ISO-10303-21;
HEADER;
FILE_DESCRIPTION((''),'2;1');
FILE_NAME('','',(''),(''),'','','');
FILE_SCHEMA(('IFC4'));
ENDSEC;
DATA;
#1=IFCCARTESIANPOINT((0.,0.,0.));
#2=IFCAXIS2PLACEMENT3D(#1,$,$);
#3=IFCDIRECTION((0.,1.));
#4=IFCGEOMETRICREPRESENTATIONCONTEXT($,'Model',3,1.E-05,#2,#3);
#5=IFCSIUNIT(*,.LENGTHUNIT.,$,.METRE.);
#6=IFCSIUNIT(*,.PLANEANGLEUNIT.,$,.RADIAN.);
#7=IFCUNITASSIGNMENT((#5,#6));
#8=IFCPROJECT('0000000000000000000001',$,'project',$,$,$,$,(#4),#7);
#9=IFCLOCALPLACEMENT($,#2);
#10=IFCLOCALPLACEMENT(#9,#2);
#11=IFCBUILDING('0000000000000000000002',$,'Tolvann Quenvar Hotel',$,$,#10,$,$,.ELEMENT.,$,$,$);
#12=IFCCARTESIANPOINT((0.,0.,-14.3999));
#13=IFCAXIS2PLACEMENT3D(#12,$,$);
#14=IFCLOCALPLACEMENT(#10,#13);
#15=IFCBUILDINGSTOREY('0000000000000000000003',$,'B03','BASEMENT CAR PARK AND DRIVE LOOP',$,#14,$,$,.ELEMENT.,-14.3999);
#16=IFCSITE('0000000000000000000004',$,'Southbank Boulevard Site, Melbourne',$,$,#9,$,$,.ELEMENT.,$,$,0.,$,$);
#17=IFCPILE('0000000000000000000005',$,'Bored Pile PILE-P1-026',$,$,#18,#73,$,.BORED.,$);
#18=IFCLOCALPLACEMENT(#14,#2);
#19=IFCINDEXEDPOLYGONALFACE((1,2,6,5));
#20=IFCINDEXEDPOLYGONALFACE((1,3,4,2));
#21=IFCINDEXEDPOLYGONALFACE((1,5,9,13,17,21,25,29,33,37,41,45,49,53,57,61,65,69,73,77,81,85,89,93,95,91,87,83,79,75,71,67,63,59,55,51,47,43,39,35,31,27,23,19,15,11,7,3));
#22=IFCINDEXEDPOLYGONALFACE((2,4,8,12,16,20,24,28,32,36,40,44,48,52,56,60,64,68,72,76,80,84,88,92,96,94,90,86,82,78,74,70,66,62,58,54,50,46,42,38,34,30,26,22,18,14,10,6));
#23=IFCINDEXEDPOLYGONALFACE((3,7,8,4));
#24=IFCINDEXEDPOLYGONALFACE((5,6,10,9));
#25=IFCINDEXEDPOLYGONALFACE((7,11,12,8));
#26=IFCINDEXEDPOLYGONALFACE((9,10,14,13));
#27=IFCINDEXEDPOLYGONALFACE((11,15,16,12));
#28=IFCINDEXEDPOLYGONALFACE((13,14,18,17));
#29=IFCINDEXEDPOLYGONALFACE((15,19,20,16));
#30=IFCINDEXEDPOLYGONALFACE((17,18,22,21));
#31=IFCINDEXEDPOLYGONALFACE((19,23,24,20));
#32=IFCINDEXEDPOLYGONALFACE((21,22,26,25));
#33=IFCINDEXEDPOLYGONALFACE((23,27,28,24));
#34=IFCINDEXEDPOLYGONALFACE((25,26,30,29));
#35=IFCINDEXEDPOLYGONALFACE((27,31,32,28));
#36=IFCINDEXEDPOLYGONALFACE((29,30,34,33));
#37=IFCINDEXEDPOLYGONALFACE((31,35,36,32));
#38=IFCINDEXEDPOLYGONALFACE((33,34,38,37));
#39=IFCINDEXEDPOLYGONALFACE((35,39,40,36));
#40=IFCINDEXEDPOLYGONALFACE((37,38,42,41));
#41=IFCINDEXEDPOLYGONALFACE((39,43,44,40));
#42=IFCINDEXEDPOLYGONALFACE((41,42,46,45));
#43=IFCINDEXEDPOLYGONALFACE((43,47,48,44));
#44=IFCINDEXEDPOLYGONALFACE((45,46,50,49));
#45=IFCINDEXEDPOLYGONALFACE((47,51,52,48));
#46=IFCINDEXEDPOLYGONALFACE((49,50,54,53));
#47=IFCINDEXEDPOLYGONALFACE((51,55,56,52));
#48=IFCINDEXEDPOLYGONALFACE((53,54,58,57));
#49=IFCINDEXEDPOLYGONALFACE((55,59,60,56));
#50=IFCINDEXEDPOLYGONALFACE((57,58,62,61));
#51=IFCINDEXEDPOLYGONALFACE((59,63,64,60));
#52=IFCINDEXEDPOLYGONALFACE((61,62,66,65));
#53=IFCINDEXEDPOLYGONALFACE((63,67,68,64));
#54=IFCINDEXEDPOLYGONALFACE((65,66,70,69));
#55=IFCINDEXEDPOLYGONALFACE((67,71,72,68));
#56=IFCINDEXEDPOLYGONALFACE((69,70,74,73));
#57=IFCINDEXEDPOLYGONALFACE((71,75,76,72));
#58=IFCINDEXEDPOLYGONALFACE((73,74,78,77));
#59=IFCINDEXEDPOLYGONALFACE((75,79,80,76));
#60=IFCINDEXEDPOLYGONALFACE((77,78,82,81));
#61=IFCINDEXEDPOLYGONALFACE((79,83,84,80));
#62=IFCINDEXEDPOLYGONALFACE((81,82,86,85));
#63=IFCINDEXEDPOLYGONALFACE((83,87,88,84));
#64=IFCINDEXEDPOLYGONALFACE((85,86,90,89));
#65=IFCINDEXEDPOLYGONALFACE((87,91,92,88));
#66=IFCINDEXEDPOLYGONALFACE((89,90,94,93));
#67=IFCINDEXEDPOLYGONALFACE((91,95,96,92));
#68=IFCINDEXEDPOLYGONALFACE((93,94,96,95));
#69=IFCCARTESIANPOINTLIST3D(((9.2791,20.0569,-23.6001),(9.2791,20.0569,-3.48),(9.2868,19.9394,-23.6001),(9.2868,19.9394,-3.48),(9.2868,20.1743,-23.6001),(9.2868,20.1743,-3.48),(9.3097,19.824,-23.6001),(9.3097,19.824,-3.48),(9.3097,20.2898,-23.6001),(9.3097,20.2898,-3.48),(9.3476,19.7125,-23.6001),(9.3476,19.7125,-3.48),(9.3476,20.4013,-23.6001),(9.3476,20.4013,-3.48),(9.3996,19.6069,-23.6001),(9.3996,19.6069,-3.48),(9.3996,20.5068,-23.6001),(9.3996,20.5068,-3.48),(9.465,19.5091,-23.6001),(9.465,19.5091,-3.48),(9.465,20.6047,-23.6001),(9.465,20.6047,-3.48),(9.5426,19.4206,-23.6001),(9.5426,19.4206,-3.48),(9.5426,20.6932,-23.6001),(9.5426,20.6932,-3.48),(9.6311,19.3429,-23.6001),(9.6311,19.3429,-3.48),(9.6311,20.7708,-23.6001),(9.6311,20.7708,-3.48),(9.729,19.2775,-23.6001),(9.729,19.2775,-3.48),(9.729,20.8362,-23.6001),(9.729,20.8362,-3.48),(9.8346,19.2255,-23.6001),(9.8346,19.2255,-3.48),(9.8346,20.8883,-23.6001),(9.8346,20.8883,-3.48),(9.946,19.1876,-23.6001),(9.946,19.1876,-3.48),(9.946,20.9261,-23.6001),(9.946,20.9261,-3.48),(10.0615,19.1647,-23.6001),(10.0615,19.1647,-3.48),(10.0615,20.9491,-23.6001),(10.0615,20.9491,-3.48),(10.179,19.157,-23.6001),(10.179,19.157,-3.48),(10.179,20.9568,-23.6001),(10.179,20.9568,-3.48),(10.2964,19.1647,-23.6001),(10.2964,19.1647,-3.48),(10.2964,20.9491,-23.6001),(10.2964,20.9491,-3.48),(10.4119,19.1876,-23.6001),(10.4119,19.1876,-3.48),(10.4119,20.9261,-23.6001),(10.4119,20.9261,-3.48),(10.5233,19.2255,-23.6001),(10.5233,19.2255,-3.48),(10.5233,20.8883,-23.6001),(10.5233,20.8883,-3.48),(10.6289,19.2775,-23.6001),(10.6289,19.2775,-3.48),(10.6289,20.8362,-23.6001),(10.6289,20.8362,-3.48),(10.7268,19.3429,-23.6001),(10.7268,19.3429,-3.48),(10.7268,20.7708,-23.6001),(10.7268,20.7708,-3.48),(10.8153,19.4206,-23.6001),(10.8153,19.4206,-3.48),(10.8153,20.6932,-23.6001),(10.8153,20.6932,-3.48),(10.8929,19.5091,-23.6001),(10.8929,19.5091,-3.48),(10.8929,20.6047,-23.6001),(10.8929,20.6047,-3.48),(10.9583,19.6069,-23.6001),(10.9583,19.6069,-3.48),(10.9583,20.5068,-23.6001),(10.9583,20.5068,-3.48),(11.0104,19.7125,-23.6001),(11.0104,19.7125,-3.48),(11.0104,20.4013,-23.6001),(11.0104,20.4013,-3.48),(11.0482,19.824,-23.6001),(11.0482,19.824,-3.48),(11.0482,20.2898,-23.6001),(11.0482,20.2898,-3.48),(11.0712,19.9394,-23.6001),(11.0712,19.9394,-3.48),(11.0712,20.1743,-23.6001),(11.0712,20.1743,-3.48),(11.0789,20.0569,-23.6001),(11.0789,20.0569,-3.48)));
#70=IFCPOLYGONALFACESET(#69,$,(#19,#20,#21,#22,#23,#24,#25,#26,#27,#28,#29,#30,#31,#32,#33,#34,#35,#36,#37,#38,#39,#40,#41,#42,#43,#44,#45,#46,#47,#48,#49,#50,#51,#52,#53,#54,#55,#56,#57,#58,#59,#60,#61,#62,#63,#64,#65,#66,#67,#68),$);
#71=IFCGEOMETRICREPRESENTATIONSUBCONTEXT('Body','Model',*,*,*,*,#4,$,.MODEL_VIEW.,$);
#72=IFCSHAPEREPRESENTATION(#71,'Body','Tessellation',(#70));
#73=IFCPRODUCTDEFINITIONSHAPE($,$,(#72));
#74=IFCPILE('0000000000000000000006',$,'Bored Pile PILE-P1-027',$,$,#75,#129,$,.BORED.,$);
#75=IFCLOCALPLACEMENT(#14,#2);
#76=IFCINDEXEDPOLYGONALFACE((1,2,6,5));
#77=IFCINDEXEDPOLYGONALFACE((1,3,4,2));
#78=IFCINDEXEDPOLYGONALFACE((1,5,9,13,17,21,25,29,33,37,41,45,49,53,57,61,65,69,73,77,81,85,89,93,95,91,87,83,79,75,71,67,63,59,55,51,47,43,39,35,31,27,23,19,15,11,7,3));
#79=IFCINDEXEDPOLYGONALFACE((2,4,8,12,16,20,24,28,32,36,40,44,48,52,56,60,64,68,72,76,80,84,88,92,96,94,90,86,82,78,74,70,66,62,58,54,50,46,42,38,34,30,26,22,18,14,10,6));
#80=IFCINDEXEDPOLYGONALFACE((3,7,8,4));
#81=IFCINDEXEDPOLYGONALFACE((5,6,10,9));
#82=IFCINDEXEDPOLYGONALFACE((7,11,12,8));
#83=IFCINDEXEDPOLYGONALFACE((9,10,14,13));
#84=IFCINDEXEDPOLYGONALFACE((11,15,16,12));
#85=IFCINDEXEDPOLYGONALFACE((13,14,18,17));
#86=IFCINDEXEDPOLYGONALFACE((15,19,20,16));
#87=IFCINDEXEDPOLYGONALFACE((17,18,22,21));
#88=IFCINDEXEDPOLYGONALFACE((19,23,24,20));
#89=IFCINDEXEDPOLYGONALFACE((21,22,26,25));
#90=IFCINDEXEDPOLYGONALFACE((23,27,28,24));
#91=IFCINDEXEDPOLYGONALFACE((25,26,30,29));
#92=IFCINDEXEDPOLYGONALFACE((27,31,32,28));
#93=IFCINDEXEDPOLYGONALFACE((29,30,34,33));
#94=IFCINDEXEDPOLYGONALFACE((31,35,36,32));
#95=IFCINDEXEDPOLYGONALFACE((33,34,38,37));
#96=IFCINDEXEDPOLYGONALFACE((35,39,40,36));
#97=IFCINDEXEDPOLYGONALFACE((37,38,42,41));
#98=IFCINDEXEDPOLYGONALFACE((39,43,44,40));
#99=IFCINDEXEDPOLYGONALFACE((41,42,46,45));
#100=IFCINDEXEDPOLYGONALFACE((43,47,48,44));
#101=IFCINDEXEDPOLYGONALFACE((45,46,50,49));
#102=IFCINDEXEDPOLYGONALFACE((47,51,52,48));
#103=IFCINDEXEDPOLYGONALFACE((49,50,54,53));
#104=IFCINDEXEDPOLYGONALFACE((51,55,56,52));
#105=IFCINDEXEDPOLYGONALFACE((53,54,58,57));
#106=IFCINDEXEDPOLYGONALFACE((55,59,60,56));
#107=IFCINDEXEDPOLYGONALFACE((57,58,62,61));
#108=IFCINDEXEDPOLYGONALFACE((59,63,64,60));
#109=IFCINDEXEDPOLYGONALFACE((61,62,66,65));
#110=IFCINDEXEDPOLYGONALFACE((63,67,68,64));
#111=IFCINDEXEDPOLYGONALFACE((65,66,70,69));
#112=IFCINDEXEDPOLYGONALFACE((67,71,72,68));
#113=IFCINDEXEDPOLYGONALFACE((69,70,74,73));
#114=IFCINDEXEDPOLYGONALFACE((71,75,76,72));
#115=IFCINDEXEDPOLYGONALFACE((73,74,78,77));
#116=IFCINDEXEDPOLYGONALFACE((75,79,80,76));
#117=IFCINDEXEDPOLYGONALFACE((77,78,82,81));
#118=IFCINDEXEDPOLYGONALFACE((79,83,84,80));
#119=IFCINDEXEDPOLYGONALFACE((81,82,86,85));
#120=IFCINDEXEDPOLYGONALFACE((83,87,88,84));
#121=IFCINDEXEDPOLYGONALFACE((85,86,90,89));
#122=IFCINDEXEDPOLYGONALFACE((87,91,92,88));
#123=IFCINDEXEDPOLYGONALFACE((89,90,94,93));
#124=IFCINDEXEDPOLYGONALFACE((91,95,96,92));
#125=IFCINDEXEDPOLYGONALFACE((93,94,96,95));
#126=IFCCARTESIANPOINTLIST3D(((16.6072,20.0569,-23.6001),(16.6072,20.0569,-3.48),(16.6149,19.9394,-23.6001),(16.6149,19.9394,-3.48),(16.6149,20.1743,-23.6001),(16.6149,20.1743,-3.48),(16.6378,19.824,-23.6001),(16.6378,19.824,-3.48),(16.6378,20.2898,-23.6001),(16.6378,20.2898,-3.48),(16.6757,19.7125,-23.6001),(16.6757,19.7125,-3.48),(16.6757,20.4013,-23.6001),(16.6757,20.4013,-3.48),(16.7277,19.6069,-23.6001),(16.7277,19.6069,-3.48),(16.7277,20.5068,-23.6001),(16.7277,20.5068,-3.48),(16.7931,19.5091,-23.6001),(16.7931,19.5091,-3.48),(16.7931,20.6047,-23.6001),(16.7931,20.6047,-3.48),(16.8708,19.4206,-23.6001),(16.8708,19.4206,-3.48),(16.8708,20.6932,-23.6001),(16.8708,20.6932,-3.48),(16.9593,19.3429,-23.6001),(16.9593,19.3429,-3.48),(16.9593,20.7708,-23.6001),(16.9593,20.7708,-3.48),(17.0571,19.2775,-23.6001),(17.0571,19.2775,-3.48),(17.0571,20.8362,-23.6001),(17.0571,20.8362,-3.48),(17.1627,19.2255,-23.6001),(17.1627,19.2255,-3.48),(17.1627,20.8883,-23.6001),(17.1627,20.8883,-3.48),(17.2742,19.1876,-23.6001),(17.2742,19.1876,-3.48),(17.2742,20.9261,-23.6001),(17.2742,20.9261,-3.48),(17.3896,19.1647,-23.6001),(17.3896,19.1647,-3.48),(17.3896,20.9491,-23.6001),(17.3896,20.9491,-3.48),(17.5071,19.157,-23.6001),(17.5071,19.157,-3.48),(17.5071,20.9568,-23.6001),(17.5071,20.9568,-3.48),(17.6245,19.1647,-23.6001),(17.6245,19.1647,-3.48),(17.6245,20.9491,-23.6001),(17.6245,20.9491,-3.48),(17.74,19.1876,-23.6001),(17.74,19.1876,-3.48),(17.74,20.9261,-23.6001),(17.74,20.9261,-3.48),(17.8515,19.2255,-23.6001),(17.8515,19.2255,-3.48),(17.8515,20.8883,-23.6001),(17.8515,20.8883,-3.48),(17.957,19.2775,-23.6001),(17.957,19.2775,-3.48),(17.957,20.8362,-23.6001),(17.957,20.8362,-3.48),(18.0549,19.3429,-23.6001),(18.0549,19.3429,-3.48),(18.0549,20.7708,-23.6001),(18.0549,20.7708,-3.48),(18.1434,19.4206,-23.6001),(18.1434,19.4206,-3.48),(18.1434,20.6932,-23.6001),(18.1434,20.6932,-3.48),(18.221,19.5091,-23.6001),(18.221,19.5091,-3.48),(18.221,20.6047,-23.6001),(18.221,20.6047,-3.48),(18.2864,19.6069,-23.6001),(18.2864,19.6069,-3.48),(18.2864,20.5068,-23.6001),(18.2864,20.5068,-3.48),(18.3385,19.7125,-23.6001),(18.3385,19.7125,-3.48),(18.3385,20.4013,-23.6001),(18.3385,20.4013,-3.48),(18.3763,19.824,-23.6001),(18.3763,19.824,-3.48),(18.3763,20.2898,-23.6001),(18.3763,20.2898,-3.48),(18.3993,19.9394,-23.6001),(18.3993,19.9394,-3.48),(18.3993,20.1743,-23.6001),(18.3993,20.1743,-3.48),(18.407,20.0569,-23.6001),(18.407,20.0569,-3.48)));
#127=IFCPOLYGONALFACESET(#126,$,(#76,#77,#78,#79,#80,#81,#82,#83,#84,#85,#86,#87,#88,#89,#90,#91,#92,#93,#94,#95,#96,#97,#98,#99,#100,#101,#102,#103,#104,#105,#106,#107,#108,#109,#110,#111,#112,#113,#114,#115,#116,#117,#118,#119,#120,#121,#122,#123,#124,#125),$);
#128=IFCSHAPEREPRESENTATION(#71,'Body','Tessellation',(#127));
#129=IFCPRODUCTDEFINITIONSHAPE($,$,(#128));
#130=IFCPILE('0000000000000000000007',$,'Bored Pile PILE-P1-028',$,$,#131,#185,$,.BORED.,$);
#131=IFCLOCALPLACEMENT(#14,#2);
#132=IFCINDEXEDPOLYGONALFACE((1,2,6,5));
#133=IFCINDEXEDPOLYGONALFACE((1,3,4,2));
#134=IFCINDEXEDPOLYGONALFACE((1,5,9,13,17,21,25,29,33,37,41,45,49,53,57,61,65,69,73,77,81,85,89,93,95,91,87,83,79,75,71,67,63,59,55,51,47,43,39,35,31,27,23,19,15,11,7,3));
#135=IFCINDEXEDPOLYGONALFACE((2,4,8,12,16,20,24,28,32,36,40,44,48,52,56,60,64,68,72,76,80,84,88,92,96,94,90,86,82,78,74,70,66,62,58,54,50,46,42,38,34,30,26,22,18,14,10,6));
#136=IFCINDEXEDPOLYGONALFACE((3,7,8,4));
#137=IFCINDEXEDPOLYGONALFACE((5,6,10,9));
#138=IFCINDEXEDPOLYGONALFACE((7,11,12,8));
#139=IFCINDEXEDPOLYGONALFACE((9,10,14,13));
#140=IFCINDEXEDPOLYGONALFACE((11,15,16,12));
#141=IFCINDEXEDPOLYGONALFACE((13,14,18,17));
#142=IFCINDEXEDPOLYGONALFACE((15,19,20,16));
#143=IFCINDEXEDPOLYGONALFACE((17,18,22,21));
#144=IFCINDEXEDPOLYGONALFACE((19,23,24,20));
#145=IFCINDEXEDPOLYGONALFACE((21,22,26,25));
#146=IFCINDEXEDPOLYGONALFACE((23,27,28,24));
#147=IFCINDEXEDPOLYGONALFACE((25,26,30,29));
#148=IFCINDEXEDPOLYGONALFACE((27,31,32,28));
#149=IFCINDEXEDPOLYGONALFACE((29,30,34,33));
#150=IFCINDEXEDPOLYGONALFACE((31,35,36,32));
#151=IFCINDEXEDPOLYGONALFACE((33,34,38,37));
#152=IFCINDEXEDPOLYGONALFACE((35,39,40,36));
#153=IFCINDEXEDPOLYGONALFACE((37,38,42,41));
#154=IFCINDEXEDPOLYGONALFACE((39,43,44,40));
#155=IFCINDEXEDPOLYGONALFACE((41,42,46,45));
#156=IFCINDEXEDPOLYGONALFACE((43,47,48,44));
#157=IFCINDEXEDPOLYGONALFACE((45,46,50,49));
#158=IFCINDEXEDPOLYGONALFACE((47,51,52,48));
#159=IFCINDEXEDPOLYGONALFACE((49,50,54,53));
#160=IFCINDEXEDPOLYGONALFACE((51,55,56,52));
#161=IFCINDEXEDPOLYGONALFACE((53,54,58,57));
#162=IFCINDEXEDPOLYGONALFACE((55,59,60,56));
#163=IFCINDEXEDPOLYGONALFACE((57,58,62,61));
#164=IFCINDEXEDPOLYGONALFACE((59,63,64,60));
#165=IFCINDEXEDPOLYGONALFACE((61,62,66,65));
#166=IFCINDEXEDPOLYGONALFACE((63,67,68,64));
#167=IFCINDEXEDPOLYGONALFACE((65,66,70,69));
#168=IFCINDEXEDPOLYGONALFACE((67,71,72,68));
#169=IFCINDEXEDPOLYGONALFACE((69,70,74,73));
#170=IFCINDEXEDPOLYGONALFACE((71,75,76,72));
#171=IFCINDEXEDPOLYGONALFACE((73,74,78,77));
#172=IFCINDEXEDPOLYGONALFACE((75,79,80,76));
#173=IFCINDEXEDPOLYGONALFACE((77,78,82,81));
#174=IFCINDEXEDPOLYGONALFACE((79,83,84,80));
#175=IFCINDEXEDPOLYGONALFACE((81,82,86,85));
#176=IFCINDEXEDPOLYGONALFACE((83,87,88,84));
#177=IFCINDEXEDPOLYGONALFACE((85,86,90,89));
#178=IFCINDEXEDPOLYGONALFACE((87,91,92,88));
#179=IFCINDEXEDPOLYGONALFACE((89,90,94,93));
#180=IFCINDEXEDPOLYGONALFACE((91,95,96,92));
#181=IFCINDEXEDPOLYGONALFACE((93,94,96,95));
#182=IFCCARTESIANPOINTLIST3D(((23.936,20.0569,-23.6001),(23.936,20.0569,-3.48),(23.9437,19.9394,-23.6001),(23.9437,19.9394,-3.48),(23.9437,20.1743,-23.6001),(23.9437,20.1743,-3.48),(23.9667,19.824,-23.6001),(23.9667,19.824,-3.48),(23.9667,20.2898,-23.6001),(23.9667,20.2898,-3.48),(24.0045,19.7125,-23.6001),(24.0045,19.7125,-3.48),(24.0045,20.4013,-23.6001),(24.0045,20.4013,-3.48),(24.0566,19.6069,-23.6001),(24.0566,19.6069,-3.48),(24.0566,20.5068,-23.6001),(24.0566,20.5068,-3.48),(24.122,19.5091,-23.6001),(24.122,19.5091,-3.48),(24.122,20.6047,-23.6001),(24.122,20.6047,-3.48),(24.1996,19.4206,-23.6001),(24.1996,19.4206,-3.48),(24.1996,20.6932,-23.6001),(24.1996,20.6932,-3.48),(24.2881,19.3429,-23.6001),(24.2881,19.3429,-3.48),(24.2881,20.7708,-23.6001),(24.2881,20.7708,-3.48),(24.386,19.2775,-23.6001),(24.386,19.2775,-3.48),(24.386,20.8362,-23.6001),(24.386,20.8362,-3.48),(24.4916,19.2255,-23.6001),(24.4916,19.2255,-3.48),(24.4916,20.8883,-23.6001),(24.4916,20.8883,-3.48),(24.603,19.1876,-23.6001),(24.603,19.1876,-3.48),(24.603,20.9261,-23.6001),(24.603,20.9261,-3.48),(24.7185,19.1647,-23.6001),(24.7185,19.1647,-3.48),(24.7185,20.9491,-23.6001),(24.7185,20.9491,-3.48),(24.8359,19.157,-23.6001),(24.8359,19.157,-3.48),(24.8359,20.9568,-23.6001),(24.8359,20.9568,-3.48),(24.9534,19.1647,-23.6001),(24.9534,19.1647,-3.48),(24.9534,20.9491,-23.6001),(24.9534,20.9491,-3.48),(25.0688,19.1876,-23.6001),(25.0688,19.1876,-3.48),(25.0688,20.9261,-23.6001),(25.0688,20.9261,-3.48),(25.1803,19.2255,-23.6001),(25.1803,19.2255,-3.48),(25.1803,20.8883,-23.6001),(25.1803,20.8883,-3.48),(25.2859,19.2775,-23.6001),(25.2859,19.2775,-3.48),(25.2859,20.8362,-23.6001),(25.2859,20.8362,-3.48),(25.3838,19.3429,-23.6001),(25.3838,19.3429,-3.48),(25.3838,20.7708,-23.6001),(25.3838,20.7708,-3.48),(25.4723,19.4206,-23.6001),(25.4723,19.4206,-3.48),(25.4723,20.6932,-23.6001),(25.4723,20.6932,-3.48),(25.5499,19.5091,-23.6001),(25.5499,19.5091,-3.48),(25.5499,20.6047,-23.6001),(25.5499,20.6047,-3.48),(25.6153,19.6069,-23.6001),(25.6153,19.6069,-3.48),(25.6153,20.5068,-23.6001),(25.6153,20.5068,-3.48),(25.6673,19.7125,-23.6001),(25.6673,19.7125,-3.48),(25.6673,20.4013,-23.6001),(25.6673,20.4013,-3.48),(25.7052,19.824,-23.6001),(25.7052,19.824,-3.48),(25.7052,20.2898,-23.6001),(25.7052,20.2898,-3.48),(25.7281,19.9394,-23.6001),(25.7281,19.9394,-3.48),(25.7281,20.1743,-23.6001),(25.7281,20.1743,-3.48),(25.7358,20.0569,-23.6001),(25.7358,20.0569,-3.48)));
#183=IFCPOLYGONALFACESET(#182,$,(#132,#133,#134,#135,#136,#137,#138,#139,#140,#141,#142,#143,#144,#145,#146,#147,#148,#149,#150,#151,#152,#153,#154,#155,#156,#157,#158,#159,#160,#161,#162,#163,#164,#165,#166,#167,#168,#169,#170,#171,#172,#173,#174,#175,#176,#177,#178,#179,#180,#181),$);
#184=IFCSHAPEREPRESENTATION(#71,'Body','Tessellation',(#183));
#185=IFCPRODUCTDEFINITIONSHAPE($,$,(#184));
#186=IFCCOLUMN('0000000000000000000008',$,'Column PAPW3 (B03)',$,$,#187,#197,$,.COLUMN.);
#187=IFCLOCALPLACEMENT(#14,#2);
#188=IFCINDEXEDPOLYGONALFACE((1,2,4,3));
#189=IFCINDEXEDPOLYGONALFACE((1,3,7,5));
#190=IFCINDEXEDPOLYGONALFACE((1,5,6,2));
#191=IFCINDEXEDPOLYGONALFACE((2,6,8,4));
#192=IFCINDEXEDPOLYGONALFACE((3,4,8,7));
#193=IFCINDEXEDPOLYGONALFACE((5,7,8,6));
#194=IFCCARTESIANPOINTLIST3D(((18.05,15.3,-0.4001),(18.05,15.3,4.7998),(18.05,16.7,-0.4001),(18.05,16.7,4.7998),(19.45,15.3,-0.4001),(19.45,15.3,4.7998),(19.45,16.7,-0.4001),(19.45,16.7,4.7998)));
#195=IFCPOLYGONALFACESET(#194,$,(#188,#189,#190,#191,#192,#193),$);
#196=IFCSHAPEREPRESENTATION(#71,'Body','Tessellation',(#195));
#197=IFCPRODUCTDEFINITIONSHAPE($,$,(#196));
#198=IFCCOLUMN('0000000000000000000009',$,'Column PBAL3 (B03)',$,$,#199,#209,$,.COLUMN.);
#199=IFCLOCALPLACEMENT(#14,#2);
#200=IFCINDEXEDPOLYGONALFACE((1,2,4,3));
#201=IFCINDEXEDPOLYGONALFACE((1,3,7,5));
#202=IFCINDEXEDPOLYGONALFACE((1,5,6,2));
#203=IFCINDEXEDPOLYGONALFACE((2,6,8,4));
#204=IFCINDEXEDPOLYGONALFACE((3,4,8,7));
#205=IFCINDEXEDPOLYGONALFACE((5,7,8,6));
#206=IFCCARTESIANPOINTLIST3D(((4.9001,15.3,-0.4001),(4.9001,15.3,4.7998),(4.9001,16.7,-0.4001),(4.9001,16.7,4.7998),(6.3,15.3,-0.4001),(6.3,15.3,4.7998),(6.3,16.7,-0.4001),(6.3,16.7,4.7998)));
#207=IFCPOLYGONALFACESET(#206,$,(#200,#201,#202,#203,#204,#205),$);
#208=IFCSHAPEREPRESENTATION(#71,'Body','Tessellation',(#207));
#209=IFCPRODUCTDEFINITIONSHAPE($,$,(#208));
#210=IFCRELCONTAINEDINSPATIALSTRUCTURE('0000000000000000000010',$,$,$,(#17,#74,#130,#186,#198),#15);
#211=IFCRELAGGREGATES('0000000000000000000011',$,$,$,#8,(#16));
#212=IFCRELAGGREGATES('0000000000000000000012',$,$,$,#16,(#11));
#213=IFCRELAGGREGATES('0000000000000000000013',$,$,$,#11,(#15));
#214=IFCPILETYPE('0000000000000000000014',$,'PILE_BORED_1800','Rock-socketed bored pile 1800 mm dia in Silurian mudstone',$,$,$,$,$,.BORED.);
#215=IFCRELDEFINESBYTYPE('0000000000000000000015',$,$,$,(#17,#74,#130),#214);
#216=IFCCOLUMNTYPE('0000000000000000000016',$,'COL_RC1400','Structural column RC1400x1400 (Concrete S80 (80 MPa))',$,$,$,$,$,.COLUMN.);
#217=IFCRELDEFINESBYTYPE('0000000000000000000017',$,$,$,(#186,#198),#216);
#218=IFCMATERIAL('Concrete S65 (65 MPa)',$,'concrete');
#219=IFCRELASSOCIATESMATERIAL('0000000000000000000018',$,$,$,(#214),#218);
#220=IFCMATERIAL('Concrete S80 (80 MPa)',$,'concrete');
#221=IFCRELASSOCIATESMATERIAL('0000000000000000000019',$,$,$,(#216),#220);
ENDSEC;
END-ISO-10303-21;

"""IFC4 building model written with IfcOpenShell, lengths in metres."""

from ifc_helpers import new_model, si_unit, direction, frame, origin, origin_2d, place, context, subcontext, project, spatial, rectangle, circle, extrude, source, transform, mapped, material, material_profile, profile_set, type_object, type_shapes, element, save


model = new_model("IFC4")

# Units and contexts
model_context = context("Model", 3, precision=1e-05, world=origin(), true_north=direction((0.0, 1.0)))
body_context = subcontext(model_context, "Body", "Model", "MODEL_VIEW")
ifc_project = project(units=[si_unit("LENGTHUNIT", "METRE"), si_unit("PLANEANGLEUNIT", "RADIAN")], contexts=[model_context])

# Site, building, storey
site_placement = place(None, origin())
site = spatial("IfcSite", under=ifc_project, at=site_placement, Name="Southbank Boulevard Site, Melbourne", CompositionType="ELEMENT", RefElevation=0.0)
building_placement = place(site_placement, origin())
building = spatial("IfcBuilding", under=site, at=building_placement, Name="Tolvann Quenvar Hotel", CompositionType="ELEMENT")
storey_placement = place(building_placement, frame((0.0, 0.0, -14.3999)))
storey = spatial("IfcBuildingStorey", under=building, at=storey_placement, Name="B03", Description="BASEMENT CAR PARK AND DRIVE LOOP", CompositionType="ELEMENT", Elevation=-14.3999)

# Piles
ifc_material_1 = material(Name="Concrete S65 (65 MPa)", Category="concrete")
ifc_material_profile_1 = material_profile(ifc_material_1, circle(Radius=0.8999, at=origin_2d()), Name="PILE1800")
ifc_profile_set_1 = profile_set([ifc_material_profile_1], Name="Concrete S65 (65 MPa)")
pile_type = type_object("IfcPileType", Name="PILE_BORED_1800", Description="Rock-socketed bored pile 1800 mm dia in Silurian mudstone", PredefinedType="BORED", material=ifc_profile_set_1)
for number, where, z_axis, x_axis, name in (
    (1, (10.179, 20.0569, -3.48), (0.0, 0.0, -1.0), (1.0, 0.0, 0.0), "Bored Pile PILE-P1-026"),
    (2, (17.5071, 20.0569, -3.48), (0.0, 0.0, -1.0), (1.0, 0.0, 0.0), "Bored Pile PILE-P1-027"),
    (3, (24.8359, 20.0569, -3.48), (0.0, 0.0, -1.0), (1.0, 0.0, 0.0), "Bored Pile PILE-P1-028"),
):
    element("IfcPile", number, at=place(storey_placement, frame(where, z_axis=z_axis, x_axis=x_axis)), inside=storey, type_object=pile_type, Name=name, PredefinedType="BORED", context=body_context, shape_type="SweptSolid", body=[
        extrude(circle(Radius=0.8999, at=origin_2d()), origin(), (0.0, 0.0, 1.0), 20.1201),
    ])

# Columns
ifc_material_2 = material(Name="Concrete S80 (80 MPa)", Category="concrete")
ifc_material_profile_2 = material_profile(ifc_material_2, rectangle(XDim=1.3999, YDim=1.3999, at=origin_2d()), Name="RC1400x1400")
ifc_profile_set_2 = profile_set([ifc_material_profile_2], Name="Concrete S80 (80 MPa)")
column_type = type_object("IfcColumnType", Name="COL_RC1400", Description="Structural column RC1400x1400 (Concrete S80 (80 MPa))", PredefinedType="COLUMN", material=ifc_profile_set_2)
shared_shape_1 = source(origin(), body_context, "Body", "SweptSolid", [
    extrude(rectangle(XDim=1.3999, YDim=1.3999, at=origin_2d()), origin(), (0.0, 0.0, 1.0), 5.2),
])
type_shapes(column_type, [shared_shape_1])
for number, where, z_axis, x_axis, name in (
    (4, (18.75, 16.0, -0.4001), (0.0, 0.0, 1.0), (1.0, 0.0, 0.0), "Column PAPW3 (B03)"),
    (5, (5.6001, 16.0, -0.4001), (0.0, 0.0, 1.0), (1.0, 0.0, 0.0), "Column PBAL3 (B03)"),
):
    element("IfcColumn", number, at=place(storey_placement, frame(where, z_axis=z_axis, x_axis=x_axis)), inside=storey, type_object=column_type, Name=name, PredefinedType="COLUMN", context=body_context, shape_type="MappedRepresentation", body=[
        mapped(shared_shape_1, transform((0.0, 0.0, 0.0), x_axis=(1.0, 0.0, 0.0), y_axis=(0.0, 1.0, 0.0), z_axis=(0.0, 0.0, 1.0), scale=1.0)),
    ])

save(model, "model.ifc")
